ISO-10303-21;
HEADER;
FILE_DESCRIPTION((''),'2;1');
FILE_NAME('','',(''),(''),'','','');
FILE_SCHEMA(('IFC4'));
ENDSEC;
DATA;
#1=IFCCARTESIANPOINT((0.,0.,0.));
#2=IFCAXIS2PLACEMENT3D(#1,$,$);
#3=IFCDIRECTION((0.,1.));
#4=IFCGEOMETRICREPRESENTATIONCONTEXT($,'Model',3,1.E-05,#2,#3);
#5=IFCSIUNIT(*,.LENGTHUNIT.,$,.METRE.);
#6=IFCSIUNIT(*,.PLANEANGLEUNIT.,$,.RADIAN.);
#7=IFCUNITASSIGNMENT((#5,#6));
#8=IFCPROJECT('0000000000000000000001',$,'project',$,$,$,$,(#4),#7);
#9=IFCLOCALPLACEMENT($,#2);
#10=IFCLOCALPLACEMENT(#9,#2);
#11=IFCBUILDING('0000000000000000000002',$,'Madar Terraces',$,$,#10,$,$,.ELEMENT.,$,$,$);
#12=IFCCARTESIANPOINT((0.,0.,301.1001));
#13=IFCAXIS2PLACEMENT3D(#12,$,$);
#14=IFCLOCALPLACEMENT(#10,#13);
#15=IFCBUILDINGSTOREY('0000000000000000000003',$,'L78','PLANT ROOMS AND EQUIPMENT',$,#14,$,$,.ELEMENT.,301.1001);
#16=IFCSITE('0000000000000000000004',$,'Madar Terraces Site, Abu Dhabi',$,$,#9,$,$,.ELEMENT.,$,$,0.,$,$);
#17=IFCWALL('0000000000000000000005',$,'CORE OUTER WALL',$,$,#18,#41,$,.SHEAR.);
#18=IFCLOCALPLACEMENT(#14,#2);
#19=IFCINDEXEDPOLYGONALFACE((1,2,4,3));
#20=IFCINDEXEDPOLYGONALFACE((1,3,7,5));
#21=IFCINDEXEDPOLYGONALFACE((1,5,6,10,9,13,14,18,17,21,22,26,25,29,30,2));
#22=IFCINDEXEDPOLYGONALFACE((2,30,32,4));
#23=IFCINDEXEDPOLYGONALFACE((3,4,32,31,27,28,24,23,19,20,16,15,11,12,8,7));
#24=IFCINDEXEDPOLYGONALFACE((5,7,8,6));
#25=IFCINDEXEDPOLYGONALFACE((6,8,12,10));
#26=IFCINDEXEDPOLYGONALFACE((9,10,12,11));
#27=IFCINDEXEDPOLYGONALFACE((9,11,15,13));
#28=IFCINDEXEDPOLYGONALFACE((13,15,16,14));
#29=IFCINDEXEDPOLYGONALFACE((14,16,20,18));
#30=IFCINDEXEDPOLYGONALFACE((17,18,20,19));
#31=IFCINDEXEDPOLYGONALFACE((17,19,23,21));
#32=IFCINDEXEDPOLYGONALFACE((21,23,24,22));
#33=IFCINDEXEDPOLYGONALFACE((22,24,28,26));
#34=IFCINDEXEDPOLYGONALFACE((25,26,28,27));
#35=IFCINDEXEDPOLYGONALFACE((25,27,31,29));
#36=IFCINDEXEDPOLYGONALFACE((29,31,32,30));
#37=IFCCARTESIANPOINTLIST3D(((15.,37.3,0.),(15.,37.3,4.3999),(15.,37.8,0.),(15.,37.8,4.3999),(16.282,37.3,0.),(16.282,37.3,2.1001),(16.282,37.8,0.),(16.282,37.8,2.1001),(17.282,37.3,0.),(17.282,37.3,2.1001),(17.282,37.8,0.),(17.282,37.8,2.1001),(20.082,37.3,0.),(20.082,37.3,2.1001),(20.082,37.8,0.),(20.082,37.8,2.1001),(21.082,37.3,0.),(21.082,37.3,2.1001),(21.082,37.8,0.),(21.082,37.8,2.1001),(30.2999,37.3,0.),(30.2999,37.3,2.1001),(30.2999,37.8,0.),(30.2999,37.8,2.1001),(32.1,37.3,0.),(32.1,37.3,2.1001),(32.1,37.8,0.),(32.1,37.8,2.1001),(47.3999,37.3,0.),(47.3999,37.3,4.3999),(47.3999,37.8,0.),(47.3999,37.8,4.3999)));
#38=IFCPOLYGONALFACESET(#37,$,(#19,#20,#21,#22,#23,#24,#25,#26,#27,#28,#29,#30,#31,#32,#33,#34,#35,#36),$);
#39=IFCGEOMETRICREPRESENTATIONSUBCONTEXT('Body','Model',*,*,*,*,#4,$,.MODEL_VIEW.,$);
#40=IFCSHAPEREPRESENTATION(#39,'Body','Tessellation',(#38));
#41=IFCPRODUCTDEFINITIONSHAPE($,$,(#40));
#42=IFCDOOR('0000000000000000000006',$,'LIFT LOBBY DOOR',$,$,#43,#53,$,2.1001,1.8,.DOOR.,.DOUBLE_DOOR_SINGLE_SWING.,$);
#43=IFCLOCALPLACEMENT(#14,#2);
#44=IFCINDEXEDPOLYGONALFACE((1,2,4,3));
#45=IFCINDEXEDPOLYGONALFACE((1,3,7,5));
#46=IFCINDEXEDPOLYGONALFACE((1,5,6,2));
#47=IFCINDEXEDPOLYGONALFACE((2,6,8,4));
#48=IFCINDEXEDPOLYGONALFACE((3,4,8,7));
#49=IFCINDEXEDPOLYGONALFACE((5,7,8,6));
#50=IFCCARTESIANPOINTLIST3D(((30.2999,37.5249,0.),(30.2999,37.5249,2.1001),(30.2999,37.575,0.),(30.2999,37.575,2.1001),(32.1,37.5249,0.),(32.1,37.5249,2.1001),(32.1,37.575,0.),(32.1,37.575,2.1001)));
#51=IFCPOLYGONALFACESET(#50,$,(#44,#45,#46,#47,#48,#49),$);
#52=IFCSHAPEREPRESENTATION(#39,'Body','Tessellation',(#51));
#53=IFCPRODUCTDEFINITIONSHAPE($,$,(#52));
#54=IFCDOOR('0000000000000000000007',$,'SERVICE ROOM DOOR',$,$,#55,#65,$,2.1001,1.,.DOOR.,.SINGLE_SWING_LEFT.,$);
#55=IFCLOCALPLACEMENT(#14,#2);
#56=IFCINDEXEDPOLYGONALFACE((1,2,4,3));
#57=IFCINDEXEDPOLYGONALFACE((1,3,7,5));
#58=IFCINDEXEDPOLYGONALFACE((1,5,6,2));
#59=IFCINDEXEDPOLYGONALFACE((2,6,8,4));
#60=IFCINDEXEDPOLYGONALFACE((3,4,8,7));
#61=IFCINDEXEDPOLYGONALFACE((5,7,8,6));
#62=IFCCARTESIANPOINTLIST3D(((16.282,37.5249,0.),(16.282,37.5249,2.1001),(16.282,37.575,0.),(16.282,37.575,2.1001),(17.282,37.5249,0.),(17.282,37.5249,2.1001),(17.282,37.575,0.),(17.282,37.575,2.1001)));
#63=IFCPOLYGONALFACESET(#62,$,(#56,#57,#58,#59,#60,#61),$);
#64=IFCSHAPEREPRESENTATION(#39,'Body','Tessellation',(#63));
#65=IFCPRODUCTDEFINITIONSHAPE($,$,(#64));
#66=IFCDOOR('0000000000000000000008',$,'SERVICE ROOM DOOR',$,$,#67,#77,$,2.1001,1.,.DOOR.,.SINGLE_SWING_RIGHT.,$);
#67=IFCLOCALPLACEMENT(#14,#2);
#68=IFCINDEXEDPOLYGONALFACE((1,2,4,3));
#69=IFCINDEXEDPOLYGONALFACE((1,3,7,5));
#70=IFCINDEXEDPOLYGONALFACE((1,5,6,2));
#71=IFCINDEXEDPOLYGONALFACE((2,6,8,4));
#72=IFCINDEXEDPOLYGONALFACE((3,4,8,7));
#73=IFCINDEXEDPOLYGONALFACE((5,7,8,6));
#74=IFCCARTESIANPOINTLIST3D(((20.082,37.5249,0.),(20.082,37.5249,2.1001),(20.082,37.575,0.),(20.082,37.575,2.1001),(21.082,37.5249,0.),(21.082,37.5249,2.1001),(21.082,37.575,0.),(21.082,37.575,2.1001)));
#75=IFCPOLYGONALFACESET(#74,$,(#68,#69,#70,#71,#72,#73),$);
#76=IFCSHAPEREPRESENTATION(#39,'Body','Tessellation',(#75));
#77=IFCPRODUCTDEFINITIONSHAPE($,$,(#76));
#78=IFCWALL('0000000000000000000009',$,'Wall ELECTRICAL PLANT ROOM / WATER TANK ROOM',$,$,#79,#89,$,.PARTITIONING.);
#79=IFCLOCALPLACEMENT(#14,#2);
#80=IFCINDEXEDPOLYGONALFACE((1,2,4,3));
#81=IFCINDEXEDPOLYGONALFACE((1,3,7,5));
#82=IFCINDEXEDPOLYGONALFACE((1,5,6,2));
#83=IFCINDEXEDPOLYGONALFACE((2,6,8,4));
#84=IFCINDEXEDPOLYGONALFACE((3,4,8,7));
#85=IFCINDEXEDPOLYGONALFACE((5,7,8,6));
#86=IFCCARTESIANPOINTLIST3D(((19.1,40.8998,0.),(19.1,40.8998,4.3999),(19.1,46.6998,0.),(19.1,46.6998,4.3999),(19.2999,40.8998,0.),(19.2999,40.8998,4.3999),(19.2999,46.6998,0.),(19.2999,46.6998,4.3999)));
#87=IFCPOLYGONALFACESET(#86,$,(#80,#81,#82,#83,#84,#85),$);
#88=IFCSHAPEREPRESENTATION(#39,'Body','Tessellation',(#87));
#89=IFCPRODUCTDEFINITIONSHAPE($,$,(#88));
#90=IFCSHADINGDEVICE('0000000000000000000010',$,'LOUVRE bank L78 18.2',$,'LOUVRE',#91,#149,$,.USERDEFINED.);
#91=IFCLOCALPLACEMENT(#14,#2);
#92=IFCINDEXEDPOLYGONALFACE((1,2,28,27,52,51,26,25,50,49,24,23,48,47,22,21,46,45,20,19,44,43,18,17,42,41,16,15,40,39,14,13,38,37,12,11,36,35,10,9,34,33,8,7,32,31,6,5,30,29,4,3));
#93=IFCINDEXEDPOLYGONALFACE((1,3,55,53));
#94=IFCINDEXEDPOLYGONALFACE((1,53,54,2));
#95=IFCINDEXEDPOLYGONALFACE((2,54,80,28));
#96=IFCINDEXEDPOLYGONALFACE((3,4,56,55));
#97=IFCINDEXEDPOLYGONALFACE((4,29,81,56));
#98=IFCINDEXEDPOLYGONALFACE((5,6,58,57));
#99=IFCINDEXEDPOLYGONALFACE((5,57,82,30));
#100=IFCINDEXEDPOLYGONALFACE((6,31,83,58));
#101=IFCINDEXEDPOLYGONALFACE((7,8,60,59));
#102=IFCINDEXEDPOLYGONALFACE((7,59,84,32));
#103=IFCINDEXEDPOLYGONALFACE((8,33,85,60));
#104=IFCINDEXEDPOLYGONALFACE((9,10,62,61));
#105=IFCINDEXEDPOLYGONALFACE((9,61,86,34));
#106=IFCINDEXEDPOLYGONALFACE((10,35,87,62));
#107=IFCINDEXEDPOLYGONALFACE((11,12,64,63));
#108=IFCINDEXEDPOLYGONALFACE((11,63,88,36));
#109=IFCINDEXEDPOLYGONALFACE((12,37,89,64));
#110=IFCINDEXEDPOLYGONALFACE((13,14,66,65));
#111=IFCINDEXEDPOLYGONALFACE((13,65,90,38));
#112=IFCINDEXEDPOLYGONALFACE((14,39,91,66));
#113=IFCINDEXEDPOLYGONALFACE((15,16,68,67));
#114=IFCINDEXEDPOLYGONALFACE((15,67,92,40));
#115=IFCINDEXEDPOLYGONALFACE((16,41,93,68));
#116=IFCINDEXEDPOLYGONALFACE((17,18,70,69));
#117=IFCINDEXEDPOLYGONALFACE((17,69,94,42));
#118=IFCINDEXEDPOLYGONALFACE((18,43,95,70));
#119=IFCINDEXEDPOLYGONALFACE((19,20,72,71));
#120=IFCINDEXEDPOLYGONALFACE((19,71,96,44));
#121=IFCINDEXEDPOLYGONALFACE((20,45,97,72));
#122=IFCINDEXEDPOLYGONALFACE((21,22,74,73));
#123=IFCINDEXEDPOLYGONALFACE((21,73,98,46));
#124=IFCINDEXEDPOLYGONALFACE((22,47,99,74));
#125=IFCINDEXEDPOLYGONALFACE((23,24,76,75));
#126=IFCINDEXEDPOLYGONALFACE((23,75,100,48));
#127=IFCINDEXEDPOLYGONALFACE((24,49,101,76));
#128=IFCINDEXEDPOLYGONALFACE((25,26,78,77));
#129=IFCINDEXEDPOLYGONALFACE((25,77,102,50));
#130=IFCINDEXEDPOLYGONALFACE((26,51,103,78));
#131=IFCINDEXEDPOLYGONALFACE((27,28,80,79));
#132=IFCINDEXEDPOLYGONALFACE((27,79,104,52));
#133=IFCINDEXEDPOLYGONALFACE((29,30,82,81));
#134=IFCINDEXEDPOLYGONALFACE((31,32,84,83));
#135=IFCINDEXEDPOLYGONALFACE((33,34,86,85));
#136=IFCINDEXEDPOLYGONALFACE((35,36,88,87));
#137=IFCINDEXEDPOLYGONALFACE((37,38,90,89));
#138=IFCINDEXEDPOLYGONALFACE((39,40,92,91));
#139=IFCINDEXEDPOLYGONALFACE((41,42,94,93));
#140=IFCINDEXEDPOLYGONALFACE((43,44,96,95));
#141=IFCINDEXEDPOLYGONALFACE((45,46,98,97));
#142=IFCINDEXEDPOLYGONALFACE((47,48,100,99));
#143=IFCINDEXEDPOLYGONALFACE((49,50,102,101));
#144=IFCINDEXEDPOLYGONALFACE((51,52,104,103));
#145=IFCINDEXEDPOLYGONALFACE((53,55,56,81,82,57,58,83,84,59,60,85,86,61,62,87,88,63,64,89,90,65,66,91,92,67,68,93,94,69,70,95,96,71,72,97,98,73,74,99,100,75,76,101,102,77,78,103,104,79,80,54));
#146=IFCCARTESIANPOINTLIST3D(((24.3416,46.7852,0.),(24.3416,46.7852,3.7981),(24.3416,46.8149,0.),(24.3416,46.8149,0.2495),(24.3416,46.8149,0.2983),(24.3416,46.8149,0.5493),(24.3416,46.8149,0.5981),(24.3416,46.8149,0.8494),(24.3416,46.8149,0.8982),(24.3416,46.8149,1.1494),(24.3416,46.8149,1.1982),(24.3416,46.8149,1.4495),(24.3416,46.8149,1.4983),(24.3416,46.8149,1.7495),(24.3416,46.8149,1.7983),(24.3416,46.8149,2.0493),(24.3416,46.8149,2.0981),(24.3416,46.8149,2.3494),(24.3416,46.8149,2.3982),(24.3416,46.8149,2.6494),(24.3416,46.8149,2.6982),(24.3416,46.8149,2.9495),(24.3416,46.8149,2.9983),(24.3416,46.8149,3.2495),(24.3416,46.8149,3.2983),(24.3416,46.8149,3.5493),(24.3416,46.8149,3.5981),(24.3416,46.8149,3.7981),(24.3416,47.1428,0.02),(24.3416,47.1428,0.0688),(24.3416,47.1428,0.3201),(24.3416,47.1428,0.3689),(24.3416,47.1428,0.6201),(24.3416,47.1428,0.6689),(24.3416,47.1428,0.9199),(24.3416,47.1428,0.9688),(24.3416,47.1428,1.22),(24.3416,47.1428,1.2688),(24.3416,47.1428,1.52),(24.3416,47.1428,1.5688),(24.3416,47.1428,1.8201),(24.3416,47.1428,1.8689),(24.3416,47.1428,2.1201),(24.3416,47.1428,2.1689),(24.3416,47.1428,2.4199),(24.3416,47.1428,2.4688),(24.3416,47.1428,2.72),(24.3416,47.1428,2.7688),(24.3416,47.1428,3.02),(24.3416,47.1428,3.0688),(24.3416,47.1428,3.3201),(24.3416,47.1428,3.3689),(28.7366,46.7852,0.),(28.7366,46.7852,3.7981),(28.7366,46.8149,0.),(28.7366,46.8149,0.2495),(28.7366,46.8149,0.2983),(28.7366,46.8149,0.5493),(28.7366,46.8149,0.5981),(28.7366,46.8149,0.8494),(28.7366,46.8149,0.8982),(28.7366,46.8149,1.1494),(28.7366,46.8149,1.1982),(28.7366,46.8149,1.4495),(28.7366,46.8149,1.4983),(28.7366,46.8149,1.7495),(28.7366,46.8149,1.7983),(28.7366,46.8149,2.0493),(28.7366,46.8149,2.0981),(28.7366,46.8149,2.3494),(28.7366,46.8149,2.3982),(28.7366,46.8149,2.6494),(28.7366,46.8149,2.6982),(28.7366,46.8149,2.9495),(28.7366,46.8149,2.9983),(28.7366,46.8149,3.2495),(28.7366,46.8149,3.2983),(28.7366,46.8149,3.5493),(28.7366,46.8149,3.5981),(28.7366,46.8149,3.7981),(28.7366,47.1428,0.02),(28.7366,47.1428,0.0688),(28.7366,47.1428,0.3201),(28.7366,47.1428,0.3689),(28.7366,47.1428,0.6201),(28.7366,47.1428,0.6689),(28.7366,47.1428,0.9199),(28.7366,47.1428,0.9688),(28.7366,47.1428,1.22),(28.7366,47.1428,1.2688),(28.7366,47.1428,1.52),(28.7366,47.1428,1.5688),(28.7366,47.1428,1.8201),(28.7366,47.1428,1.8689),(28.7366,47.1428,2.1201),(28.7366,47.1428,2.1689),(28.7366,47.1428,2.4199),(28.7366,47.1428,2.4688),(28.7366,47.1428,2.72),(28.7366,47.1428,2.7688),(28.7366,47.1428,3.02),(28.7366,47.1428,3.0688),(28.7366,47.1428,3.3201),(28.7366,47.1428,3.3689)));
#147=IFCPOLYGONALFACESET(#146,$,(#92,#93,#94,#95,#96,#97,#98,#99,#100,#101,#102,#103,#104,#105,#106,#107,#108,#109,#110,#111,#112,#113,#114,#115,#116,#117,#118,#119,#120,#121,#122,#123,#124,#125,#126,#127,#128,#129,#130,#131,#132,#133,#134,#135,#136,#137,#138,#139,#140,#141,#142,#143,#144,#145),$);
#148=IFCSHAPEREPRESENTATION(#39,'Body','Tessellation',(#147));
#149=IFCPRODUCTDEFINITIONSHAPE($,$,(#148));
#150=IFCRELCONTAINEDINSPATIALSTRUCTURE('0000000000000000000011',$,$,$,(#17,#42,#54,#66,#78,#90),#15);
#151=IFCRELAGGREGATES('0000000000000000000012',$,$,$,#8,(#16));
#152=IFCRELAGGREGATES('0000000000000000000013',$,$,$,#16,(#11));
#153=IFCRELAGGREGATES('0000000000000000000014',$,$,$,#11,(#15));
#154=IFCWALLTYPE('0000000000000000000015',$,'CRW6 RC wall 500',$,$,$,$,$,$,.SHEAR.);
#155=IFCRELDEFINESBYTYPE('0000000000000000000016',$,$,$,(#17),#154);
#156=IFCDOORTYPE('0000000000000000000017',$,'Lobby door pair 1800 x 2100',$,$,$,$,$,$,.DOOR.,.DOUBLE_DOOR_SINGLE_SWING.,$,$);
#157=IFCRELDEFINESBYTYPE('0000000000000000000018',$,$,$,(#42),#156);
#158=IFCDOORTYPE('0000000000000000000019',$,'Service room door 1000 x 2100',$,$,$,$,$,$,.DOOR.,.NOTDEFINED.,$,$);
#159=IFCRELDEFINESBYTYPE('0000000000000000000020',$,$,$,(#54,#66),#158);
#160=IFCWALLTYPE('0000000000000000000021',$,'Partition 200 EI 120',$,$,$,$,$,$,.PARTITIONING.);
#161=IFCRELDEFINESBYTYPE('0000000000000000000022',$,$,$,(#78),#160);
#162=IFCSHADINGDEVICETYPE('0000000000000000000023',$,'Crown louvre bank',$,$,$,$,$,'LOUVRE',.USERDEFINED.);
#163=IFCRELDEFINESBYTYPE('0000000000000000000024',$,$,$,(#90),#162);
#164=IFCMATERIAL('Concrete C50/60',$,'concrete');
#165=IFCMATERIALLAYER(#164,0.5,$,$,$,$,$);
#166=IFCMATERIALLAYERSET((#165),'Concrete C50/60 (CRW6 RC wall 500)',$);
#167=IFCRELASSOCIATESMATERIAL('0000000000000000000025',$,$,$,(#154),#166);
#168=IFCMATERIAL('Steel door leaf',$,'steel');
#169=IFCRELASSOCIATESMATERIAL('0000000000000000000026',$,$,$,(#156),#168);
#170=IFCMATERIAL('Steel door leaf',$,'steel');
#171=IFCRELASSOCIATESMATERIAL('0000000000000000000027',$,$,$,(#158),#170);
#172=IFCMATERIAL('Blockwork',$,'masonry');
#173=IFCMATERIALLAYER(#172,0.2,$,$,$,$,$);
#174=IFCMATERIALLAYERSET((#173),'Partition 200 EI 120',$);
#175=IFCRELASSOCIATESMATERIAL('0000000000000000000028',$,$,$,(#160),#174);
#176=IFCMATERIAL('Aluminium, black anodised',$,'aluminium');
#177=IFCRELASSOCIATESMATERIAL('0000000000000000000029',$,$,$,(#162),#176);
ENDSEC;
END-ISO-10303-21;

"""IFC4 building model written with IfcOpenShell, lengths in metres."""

from ifc_helpers import new_model, si_unit, direction, frame, frame_2d, origin, place, context, subcontext, project, spatial, polyline, rectangle, outline, extrude, material, layer, layer_set, type_object, element, fill, save


model = new_model("IFC4")

# Units and contexts
model_context = context("Model", 3, precision=1e-05, world=origin(), true_north=direction((0.0, 1.0)))
body_context = subcontext(model_context, "Body", "Model", "MODEL_VIEW")
ifc_project = project(units=[si_unit("LENGTHUNIT", "METRE"), si_unit("PLANEANGLEUNIT", "RADIAN")], contexts=[model_context])

# Site, building, storey
site_placement = place(None, origin())
site = spatial("IfcSite", under=ifc_project, at=site_placement, Name="Madar Terraces Site, Abu Dhabi", CompositionType="ELEMENT", RefElevation=0.0)
building_placement = place(site_placement, origin())
building = spatial("IfcBuilding", under=site, at=building_placement, Name="Madar Terraces", CompositionType="ELEMENT")
storey_placement = place(building_placement, frame((0.0, 0.0, 301.1001)))
storey = spatial("IfcBuildingStorey", under=building, at=storey_placement, Name="L78", Description="PLANT ROOMS AND EQUIPMENT", CompositionType="ELEMENT", Elevation=301.1001)

# Wall, openings, doors
ifc_material_1 = material(Name="Concrete C50/60", Category="concrete")
ifc_layer_1 = layer(ifc_material_1, 0.5)
ifc_layer_set_1 = layer_set([ifc_layer_1], Name="Concrete C50/60 (CRW6 RC wall 500)")
wall_type_1 = type_object("IfcWallType", Name="CRW6 RC wall 500", PredefinedType="SHEAR", material=ifc_layer_set_1)
wall_1_placement = place(storey_placement, frame((15.0, 37.55, 0.0), z_axis=(0.0, 0.0, 1.0), x_axis=(1.0, 0.0, 0.0)))
wall_1 = element("IfcWall", 1, at=wall_1_placement, inside=storey, type_object=wall_type_1, Name="CORE OUTER WALL", PredefinedType="SHEAR", context=body_context, shape_type="SweptSolid", body=[
    extrude(rectangle(XDim=32.3999, YDim=0.5, at=frame_2d((16.2, 0.0))), origin(), (0.0, 0.0, 1.0), 4.3999),
])
opening_1_placement = place(wall_1_placement, frame((15.3, 0.0, 0.0)))
opening_1 = element("IfcOpeningElement", 2, at=opening_1_placement, cuts=wall_1, PredefinedType="OPENING", context=body_context, shape_type="SweptSolid", body=[
    extrude(rectangle(XDim=1.8, YDim=2.1001, at=frame_2d((0.8999, 1.05))), frame((0.0, 0.26, 0.0), z_axis=(0.0, -1.0, 0.0), x_axis=(1.0, 0.0, 0.0)), (0.0, 0.0, 1.0), 0.52),
])
opening_2_placement = place(wall_1_placement, frame((1.282, 0.0, 0.0)))
opening_2 = element("IfcOpeningElement", 3, at=opening_2_placement, cuts=wall_1, PredefinedType="OPENING", context=body_context, shape_type="SweptSolid", body=[
    extrude(rectangle(XDim=1.0, YDim=2.1001, at=frame_2d((0.5, 1.05))), frame((0.0, 0.26, 0.0), z_axis=(0.0, -1.0, 0.0), x_axis=(1.0, 0.0, 0.0)), (0.0, 0.0, 1.0), 0.52),
])
opening_3_placement = place(wall_1_placement, frame((5.082, 0.0, 0.0)))
opening_3 = element("IfcOpeningElement", 4, at=opening_3_placement, cuts=wall_1, PredefinedType="OPENING", context=body_context, shape_type="SweptSolid", body=[
    extrude(rectangle(XDim=1.0, YDim=2.1001, at=frame_2d((0.5, 1.05))), frame((0.0, 0.26, 0.0), z_axis=(0.0, -1.0, 0.0), x_axis=(1.0, 0.0, 0.0)), (0.0, 0.0, 1.0), 0.52),
])
ifc_material_2 = material(Name="Steel door leaf", Category="steel")
door_type_1 = type_object("IfcDoorType", Name="Lobby door pair 1800 x 2100", OperationType="DOUBLE_DOOR_SINGLE_SWING", PredefinedType="DOOR", material=ifc_material_2)
door_1_placement = place(opening_1_placement, origin())
door_1 = element("IfcDoor", 5, at=door_1_placement, inside=storey, type_object=door_type_1, Name="LIFT LOBBY DOOR", OperationType="DOUBLE_DOOR_SINGLE_SWING", OverallHeight=2.1001, OverallWidth=1.8, PredefinedType="DOOR", context=body_context, shape_type="SweptSolid", body=[
    extrude(rectangle(XDim=1.8, YDim=2.1001, at=frame_2d((0.8999, 1.05))), frame((0.0, 0.0249, 0.0), z_axis=(0.0, -1.0, 0.0), x_axis=(1.0, 0.0, 0.0)), (0.0, 0.0, 1.0), 0.05),
])
fill(opening_1, door_1)
ifc_material_3 = material(Name="Steel door leaf", Category="steel")
door_type_2 = type_object("IfcDoorType", Name="Service room door 1000 x 2100", OperationType="NOTDEFINED", PredefinedType="DOOR", material=ifc_material_3)
door_2_placement = place(opening_2_placement, origin())
door_2 = element("IfcDoor", 6, at=door_2_placement, inside=storey, type_object=door_type_2, Name="SERVICE ROOM DOOR", OperationType="SINGLE_SWING_LEFT", OverallHeight=2.1001, OverallWidth=1.0, PredefinedType="DOOR", context=body_context, shape_type="SweptSolid", body=[
    extrude(rectangle(XDim=1.0, YDim=2.1001, at=frame_2d((0.5, 1.05))), frame((0.0, 0.0249, 0.0), z_axis=(0.0, -1.0, 0.0), x_axis=(1.0, 0.0, 0.0)), (0.0, 0.0, 1.0), 0.05),
])
fill(opening_2, door_2)
door_3_placement = place(opening_3_placement, origin())
door_3 = element("IfcDoor", 7, at=door_3_placement, inside=storey, type_object=door_type_2, Name="SERVICE ROOM DOOR", OperationType="SINGLE_SWING_RIGHT", OverallHeight=2.1001, OverallWidth=1.0, PredefinedType="DOOR", context=body_context, shape_type="SweptSolid", body=[
    extrude(rectangle(XDim=1.0, YDim=2.1001, at=frame_2d((0.5, 1.05))), frame((0.0, 0.0249, 0.0), z_axis=(0.0, -1.0, 0.0), x_axis=(1.0, 0.0, 0.0)), (0.0, 0.0, 1.0), 0.05),
])
fill(opening_3, door_3)

# Wall
ifc_material_4 = material(Name="Blockwork", Category="masonry")
ifc_layer_2 = layer(ifc_material_4, 0.2)
ifc_layer_set_2 = layer_set([ifc_layer_2], Name="Partition 200 EI 120")
wall_type_2 = type_object("IfcWallType", Name="Partition 200 EI 120", PredefinedType="PARTITIONING", material=ifc_layer_set_2)
wall_2_placement = place(storey_placement, frame((19.2, 40.8999, 0.0), z_axis=(0.0, 0.0, 1.0), x_axis=(0.0, 1.0, 0.0)))
element("IfcWall", 8, at=wall_2_placement, inside=storey, type_object=wall_type_2, Name="Wall ELECTRICAL PLANT ROOM / WATER TANK ROOM", PredefinedType="PARTITIONING", context=body_context, shape_type="SweptSolid", body=[
    extrude(rectangle(XDim=5.8, YDim=0.2, at=frame_2d((2.8999, 0.0))), origin(), (0.0, 0.0, 1.0), 4.3999),
])

# Shading device
ifc_material_5 = material(Name="Aluminium, black anodised", Category="aluminium")
shading_device_type = type_object("IfcShadingDeviceType", Name="Crown louvre bank", ElementType="LOUVRE", PredefinedType="USERDEFINED", material=ifc_material_5)
shading_device_1_placement = place(storey_placement, frame((28.7366, 46.8, 0.0), z_axis=(-1.0, 0.0, 0.0), x_axis=(0.0, -1.0, 0.0)))
element("IfcShadingDevice", 9, at=shading_device_1_placement, inside=storey, type_object=shading_device_type, Name="LOUVRE bank L78 18.2", ObjectType="LOUVRE", PredefinedType="USERDEFINED", context=body_context, shape_type="SweptSolid", body=[
    extrude(outline(polyline([(0.0149, 0.0), (-0.0149, 0.0), (-0.0149, 0.2495), (-0.3428, 0.02), (-0.3428, 0.0688), (-0.0149, 0.2983), (-0.0149, 0.5493), (-0.3428, 0.3201), (-0.3428, 0.3689), (-0.0149, 0.5981), (-0.0149, 0.8494), (-0.3428, 0.6201), (-0.3428, 0.6689), (-0.0149, 0.8982), (-0.0149, 1.1494), (-0.3428, 0.9199), (-0.3428, 0.9688), (-0.0149, 1.1982), (-0.0149, 1.4495), (-0.3428, 1.22), (-0.3428, 1.2688), (-0.0149, 1.4983), (-0.0149, 1.7495), (-0.3428, 1.52), (-0.3428, 1.5688), (-0.0149, 1.7983), (-0.0149, 2.0493), (-0.3428, 1.8201), (-0.3428, 1.8689), (-0.0149, 2.0981), (-0.0149, 2.3494), (-0.3428, 2.1201), (-0.3428, 2.1689), (-0.0149, 2.3982), (-0.0149, 2.6494), (-0.3428, 2.4199), (-0.3428, 2.4688), (-0.0149, 2.6982), (-0.0149, 2.9495), (-0.3428, 2.72), (-0.3428, 2.7688), (-0.0149, 2.9983), (-0.0149, 3.2495), (-0.3428, 3.02), (-0.3428, 3.0688), (-0.0149, 3.2983), (-0.0149, 3.5493), (-0.3428, 3.3201), (-0.3428, 3.3689), (-0.0149, 3.5981), (-0.0149, 3.7981), (0.0149, 3.7981), (0.0149, 0.0)])), origin(), (0.0, 0.0, 1.0), 4.395),
])

save(model, "model.ifc")
